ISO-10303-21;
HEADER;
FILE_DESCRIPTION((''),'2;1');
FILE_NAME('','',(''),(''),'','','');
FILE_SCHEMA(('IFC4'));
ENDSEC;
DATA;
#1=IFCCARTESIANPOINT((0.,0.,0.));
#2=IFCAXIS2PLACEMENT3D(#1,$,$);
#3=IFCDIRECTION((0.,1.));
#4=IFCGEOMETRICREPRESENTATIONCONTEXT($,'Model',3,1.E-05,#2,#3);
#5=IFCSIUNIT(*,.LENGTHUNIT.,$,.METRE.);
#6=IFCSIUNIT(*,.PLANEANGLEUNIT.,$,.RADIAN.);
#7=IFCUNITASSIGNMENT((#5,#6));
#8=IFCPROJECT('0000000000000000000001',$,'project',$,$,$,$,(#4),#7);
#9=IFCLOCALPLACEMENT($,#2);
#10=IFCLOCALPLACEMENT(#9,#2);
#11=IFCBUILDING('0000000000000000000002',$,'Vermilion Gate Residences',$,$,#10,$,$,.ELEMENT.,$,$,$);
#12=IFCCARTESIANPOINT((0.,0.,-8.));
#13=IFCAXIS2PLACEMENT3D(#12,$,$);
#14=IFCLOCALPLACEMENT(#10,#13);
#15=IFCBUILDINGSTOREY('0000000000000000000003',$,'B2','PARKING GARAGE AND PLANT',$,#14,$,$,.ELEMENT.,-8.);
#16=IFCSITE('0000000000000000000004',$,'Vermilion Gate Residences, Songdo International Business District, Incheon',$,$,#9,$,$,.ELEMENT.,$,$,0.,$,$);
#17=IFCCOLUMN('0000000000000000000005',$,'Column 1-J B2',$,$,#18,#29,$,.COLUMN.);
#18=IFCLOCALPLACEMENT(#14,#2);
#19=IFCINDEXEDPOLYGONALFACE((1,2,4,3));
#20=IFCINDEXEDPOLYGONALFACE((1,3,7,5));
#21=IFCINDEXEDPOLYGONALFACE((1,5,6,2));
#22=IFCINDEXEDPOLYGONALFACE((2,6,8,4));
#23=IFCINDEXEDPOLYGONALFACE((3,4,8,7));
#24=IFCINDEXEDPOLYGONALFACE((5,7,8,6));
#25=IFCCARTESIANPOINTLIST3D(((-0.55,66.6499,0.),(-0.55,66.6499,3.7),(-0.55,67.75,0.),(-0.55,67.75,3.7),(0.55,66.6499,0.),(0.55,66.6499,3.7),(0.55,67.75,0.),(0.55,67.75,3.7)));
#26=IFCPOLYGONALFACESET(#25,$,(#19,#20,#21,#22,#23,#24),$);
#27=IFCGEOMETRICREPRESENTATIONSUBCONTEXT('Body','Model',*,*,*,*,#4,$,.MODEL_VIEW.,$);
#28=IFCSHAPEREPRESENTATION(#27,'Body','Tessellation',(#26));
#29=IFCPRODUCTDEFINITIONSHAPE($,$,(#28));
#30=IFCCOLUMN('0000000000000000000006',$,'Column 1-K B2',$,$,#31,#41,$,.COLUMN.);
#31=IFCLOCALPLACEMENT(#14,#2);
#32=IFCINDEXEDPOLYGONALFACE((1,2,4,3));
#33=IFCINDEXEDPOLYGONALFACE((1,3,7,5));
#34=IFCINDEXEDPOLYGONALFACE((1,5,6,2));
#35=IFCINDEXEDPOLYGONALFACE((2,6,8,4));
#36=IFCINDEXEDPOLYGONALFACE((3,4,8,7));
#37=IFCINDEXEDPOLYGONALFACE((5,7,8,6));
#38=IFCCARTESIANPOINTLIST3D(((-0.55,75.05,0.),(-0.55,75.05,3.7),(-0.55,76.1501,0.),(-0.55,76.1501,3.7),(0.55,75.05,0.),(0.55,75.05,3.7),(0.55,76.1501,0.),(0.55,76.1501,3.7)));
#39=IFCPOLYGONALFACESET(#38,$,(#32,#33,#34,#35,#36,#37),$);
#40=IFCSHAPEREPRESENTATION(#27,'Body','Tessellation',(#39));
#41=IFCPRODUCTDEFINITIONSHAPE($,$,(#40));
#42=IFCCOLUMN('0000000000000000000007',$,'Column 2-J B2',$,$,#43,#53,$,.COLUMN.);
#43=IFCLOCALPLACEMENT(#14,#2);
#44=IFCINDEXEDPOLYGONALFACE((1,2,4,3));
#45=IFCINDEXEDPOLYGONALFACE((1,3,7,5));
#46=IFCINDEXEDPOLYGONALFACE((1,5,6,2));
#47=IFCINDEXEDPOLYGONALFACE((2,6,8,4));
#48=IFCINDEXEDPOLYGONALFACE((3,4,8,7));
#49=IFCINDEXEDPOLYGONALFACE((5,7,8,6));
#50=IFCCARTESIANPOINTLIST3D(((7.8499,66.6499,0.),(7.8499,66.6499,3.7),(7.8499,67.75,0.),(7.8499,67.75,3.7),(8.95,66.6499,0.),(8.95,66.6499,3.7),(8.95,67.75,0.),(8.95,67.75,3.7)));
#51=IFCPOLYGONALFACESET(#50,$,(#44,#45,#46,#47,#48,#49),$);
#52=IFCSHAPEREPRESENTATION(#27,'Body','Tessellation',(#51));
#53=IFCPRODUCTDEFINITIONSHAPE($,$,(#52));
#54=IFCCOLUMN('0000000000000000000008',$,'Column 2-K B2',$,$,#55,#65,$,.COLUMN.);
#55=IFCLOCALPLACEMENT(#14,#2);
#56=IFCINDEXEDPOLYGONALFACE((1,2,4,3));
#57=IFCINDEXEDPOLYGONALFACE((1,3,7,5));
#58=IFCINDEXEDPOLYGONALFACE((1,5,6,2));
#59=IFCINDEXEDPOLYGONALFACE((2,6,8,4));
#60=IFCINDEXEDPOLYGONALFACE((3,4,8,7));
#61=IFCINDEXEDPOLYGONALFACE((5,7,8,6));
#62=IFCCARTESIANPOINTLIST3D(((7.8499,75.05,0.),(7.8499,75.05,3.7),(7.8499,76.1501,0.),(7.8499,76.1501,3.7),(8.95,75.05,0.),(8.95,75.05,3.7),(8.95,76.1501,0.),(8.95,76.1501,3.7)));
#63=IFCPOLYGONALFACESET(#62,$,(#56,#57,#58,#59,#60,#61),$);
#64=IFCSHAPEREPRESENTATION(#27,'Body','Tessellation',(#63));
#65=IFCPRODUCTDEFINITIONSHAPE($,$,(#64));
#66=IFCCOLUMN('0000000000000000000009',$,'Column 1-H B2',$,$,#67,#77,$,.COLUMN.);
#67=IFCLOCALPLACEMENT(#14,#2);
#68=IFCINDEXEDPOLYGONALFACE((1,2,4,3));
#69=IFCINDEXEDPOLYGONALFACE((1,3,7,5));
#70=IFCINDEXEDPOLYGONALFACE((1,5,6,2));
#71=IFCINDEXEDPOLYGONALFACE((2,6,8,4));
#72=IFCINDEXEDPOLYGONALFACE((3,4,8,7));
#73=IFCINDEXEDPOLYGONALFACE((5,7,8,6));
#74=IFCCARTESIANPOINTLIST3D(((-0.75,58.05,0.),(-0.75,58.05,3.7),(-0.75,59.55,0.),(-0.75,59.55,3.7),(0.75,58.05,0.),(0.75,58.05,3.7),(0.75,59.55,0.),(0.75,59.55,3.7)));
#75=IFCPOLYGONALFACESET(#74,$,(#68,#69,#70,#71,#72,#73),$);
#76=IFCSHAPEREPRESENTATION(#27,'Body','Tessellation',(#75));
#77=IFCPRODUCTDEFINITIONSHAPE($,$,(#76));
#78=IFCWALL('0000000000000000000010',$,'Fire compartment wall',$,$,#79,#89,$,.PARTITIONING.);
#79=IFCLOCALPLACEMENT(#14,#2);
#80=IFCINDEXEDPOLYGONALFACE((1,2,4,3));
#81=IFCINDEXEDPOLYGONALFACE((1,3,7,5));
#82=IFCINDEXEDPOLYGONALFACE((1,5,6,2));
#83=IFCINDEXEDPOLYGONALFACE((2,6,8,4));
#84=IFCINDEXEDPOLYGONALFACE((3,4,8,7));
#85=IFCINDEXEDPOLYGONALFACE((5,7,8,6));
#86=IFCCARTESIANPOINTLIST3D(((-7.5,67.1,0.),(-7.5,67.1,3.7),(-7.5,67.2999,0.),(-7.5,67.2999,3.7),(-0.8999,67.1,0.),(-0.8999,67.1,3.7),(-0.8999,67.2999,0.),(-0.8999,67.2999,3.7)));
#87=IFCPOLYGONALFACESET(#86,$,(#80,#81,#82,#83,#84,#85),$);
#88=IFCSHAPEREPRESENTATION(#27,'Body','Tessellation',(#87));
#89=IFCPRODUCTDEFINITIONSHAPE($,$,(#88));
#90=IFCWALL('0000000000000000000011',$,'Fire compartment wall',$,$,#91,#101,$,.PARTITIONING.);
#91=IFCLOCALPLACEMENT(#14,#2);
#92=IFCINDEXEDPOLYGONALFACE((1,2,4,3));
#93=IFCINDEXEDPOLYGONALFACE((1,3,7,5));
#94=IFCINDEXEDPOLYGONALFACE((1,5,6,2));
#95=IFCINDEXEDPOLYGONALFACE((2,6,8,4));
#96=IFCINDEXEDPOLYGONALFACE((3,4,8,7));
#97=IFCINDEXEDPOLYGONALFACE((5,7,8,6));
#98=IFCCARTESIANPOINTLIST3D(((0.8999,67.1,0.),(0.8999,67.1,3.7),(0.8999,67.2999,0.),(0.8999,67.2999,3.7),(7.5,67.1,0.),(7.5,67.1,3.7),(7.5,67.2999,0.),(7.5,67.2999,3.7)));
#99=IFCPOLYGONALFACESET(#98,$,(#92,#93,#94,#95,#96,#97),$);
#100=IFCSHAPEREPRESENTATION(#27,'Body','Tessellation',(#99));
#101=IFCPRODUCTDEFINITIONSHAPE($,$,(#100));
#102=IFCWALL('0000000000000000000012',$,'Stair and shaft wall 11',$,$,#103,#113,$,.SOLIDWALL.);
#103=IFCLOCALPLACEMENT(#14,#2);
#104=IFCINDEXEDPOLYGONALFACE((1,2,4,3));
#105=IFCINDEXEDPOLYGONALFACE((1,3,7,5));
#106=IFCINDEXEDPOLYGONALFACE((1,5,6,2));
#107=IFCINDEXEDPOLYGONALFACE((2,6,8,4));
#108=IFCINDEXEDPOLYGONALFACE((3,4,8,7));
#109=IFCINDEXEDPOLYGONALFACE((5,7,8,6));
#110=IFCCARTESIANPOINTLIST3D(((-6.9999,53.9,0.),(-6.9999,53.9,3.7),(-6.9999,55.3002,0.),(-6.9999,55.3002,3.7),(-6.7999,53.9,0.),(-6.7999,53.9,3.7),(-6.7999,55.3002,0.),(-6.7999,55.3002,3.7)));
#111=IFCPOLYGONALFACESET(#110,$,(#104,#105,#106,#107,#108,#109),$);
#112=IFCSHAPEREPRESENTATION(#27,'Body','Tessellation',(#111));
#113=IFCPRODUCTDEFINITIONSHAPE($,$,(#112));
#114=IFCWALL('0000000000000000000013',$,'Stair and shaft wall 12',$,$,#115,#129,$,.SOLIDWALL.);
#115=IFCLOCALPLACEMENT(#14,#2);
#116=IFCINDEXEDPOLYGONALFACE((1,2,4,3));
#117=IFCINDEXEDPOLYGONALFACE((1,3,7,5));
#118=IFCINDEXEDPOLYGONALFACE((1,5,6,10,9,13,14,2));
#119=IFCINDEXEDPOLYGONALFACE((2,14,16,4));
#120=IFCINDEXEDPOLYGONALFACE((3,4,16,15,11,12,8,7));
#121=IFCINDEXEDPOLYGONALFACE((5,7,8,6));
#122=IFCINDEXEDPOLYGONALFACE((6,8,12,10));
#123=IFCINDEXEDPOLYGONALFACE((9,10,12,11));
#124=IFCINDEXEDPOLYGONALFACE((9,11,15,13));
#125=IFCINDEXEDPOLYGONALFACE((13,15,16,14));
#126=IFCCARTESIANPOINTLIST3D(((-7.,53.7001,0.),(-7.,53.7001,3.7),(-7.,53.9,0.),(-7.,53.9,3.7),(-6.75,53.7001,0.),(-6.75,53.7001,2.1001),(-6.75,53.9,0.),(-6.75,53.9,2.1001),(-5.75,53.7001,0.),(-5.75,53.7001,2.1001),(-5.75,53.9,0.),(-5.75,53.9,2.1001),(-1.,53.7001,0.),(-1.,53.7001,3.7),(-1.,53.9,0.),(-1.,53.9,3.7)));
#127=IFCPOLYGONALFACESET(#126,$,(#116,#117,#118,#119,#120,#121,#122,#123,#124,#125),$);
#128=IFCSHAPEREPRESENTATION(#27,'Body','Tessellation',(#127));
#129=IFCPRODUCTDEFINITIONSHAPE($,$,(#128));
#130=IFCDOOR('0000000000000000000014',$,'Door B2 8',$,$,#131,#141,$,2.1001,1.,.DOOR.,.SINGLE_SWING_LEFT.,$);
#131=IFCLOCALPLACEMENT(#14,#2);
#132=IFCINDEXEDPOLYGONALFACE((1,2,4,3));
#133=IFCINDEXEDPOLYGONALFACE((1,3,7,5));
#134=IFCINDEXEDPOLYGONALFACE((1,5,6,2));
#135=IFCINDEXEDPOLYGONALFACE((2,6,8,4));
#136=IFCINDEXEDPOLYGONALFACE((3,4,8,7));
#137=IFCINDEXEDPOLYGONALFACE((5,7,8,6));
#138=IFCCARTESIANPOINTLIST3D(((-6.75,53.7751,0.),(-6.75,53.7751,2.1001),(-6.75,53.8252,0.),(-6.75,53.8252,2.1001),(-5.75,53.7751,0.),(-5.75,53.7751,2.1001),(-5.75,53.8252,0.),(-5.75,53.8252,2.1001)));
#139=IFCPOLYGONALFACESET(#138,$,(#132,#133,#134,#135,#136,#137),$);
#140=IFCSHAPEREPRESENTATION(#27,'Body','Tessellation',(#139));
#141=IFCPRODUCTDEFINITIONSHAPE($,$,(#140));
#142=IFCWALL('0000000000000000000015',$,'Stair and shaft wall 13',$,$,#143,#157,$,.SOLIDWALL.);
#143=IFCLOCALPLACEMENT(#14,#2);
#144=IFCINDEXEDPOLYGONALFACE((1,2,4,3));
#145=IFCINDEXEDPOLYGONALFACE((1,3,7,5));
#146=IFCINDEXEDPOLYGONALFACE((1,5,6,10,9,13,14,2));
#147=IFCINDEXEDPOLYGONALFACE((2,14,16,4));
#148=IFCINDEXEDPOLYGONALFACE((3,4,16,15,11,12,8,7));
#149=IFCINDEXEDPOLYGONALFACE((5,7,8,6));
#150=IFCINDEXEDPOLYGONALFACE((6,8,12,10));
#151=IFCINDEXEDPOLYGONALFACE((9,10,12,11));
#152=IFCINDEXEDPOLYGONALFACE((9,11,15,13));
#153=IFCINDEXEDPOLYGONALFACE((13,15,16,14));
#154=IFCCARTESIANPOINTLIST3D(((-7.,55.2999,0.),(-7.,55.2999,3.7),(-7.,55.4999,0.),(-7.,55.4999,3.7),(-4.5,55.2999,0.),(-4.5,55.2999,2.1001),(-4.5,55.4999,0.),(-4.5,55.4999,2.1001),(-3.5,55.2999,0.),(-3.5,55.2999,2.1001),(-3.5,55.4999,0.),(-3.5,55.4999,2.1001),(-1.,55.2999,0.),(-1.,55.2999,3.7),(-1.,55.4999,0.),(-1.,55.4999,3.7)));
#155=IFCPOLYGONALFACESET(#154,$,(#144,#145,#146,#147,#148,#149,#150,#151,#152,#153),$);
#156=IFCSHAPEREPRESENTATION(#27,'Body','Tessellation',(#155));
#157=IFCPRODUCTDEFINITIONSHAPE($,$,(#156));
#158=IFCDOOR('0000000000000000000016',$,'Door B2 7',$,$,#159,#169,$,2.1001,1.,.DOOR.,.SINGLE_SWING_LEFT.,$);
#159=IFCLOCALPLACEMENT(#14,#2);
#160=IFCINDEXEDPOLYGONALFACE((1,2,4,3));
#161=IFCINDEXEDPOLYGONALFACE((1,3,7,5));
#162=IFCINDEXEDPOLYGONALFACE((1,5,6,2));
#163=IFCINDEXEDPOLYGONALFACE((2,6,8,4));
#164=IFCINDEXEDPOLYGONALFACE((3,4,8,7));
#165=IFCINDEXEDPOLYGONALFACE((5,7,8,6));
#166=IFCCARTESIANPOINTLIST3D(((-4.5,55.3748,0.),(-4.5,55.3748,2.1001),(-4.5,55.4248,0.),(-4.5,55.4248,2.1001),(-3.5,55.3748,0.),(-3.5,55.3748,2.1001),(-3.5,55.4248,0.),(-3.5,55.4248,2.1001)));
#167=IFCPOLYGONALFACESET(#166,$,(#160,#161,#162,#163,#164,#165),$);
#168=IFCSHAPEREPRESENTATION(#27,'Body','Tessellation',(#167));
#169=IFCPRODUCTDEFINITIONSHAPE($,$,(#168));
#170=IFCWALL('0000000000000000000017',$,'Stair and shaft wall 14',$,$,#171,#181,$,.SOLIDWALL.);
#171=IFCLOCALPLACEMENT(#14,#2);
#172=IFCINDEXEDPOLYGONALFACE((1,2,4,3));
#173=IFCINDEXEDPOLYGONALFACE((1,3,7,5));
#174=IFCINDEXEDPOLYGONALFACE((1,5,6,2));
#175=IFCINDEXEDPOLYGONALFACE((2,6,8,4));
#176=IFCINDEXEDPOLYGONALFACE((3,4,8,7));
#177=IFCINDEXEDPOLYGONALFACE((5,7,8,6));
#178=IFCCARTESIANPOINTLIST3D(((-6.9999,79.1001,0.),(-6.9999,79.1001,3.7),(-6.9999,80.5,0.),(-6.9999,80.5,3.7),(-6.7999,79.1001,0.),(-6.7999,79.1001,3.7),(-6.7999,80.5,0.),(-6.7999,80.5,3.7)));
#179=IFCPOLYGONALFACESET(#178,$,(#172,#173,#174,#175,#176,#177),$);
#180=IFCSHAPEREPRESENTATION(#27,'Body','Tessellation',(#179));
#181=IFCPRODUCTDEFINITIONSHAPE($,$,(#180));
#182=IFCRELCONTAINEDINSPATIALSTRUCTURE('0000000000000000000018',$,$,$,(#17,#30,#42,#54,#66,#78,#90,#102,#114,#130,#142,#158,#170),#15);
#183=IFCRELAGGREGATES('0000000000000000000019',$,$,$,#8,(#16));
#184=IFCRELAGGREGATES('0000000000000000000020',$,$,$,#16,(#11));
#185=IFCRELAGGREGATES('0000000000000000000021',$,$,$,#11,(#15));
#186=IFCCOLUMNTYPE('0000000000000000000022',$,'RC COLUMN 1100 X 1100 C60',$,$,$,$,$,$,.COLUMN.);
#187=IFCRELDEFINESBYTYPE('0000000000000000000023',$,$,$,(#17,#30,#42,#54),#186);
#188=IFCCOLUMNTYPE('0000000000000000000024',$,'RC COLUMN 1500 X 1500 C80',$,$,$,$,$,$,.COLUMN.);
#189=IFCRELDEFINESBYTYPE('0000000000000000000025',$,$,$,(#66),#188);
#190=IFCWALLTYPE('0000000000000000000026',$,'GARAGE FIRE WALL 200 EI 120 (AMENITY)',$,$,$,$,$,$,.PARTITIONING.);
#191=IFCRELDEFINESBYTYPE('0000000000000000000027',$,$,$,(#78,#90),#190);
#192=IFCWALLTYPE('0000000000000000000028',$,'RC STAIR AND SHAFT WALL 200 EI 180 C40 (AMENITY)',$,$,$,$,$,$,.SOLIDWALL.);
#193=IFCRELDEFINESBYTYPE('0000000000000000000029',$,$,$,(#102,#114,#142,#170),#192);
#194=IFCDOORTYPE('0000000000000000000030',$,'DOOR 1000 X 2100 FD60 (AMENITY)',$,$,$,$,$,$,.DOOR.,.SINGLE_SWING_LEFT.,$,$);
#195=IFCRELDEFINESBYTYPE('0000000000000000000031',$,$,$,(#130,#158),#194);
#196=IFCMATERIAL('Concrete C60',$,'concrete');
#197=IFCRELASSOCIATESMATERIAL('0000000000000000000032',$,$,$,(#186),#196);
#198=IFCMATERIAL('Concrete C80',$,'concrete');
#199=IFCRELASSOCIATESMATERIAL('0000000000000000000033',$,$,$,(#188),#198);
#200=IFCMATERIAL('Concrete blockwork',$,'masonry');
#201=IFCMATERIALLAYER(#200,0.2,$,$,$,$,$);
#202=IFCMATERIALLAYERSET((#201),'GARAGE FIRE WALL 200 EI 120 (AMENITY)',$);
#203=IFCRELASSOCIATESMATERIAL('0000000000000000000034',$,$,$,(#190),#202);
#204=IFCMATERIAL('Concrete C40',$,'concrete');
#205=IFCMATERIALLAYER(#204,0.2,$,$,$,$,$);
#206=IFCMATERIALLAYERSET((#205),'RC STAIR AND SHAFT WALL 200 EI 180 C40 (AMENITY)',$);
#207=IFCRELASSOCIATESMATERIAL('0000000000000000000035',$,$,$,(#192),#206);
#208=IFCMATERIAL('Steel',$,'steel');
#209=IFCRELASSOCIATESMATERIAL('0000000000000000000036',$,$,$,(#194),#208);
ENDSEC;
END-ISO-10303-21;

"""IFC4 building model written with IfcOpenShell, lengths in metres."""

from ifc_helpers import new_model, si_unit, direction, frame, frame_2d, origin, origin_2d, place, context, subcontext, project, spatial, rectangle, extrude, material, layer, layer_set, material_profile, profile_set, type_object, element, fill, save


model = new_model("IFC4")

# Units and contexts
model_context = context("Model", 3, precision=1e-05, world=origin(), true_north=direction((0.0, 1.0)))
body_context = subcontext(model_context, "Body", "Model", "MODEL_VIEW")
ifc_project = project(units=[si_unit("LENGTHUNIT", "METRE"), si_unit("PLANEANGLEUNIT", "RADIAN")], contexts=[model_context])

# Site, building, storey
site_placement = place(None, origin())
site = spatial("IfcSite", under=ifc_project, at=site_placement, Name="Vermilion Gate Residences, Songdo International Business District, Incheon", CompositionType="ELEMENT", RefElevation=0.0)
building_placement = place(site_placement, origin())
building = spatial("IfcBuilding", under=site, at=building_placement, Name="Vermilion Gate Residences", CompositionType="ELEMENT")
storey_placement = place(building_placement, frame((0.0, 0.0, -8.0)))
storey = spatial("IfcBuildingStorey", under=building, at=storey_placement, Name="B2", Description="PARKING GARAGE AND PLANT", CompositionType="ELEMENT", Elevation=-8.0)

# Columns
ifc_material_1 = material(Name="Concrete C60", Category="concrete")
ifc_material_profile_1 = material_profile(ifc_material_1, rectangle(XDim=1.1001, YDim=1.1001, at=origin_2d()), Name="RC-1100x1100")
ifc_profile_set_1 = profile_set([ifc_material_profile_1], Name="Concrete C60")
column_type_1 = type_object("IfcColumnType", Name="RC COLUMN 1100 X 1100 C60", PredefinedType="COLUMN", material=ifc_profile_set_1)
for number, where, z_axis, x_axis, name in (
    (1, (0.0, 67.2, 0.0), (0.0, 0.0, 1.0), (1.0, 0.0, 0.0), "Column 1-J B2"),
    (2, (0.0, 75.6001, 0.0), (0.0, 0.0, 1.0), (1.0, 0.0, 0.0), "Column 1-K B2"),
    (3, (8.3999, 67.2, 0.0), (0.0, 0.0, 1.0), (1.0, 0.0, 0.0), "Column 2-J B2"),
    (4, (8.3999, 75.6001, 0.0), (0.0, 0.0, 1.0), (1.0, 0.0, 0.0), "Column 2-K B2"),
):
    element("IfcColumn", number, at=place(storey_placement, frame(where, z_axis=z_axis, x_axis=x_axis)), inside=storey, type_object=column_type_1, Name=name, PredefinedType="COLUMN", context=body_context, shape_type="SweptSolid", body=[
        extrude(rectangle(XDim=1.1001, YDim=1.1001, at=origin_2d()), origin(), (0.0, 0.0, 1.0), 3.7),
    ])
ifc_material_2 = material(Name="Concrete C80", Category="concrete")
ifc_material_profile_2 = material_profile(ifc_material_2, rectangle(XDim=1.5, YDim=1.5, at=origin_2d()), Name="RC-1500x1500")
ifc_profile_set_2 = profile_set([ifc_material_profile_2], Name="Concrete C80")
column_type_2 = type_object("IfcColumnType", Name="RC COLUMN 1500 X 1500 C80", PredefinedType="COLUMN", material=ifc_profile_set_2)
column_placement = place(storey_placement, frame((0.0, 58.8, 0.0), z_axis=(0.0, 0.0, 1.0), x_axis=(1.0, 0.0, 0.0)))
element("IfcColumn", 5, at=column_placement, inside=storey, type_object=column_type_2, Name="Column 1-H B2", PredefinedType="COLUMN", context=body_context, shape_type="SweptSolid", body=[
    extrude(rectangle(XDim=1.5, YDim=1.5, at=origin_2d()), origin(), (0.0, 0.0, 1.0), 3.7),
])

# Walls
ifc_material_3 = material(Name="Concrete blockwork", Category="masonry")
ifc_layer_1 = layer(ifc_material_3, 0.2)
ifc_layer_set_1 = layer_set([ifc_layer_1], Name="GARAGE FIRE WALL 200 EI 120 (AMENITY)")
wall_type_1 = type_object("IfcWallType", Name="GARAGE FIRE WALL 200 EI 120 (AMENITY)", PredefinedType="PARTITIONING", material=ifc_layer_set_1)
for number, where, z_axis, x_axis, name in (
    (6, (-7.5, 67.2, 0.0), (0.0, 0.0, 1.0), (1.0, 0.0, 0.0), "Fire compartment wall"),
    (7, (0.8999, 67.2, 0.0), (0.0, 0.0, 1.0), (1.0, 0.0, 0.0), "Fire compartment wall"),
):
    element("IfcWall", number, at=place(storey_placement, frame(where, z_axis=z_axis, x_axis=x_axis)), inside=storey, type_object=wall_type_1, Name=name, PredefinedType="PARTITIONING", context=body_context, shape_type="SweptSolid", body=[
        extrude(rectangle(XDim=6.6001, YDim=0.2, at=frame_2d((3.3, 0.0))), origin(), (0.0, 0.0, 1.0), 3.7),
    ])
ifc_material_4 = material(Name="Concrete C40", Category="concrete")
ifc_layer_2 = layer(ifc_material_4, 0.2)
ifc_layer_set_2 = layer_set([ifc_layer_2], Name="RC STAIR AND SHAFT WALL 200 EI 180 C40 (AMENITY)")
wall_type_2 = type_object("IfcWallType", Name="RC STAIR AND SHAFT WALL 200 EI 180 C40 (AMENITY)", PredefinedType="SOLIDWALL", material=ifc_layer_set_2)
wall_1_placement = place(storey_placement, frame((-6.8999, 53.8999, 0.0), z_axis=(0.0, 0.0, 1.0), x_axis=(0.0, 1.0, 0.0)))
element("IfcWall", 8, at=wall_1_placement, inside=storey, type_object=wall_type_2, Name="Stair and shaft wall 11", PredefinedType="SOLIDWALL", context=body_context, shape_type="SweptSolid", body=[
    extrude(rectangle(XDim=1.4001, YDim=0.2, at=frame_2d((0.7002, 0.0))), origin(), (0.0, 0.0, 1.0), 3.7),
])

# Walls, openings, doors
wall_2_placement = place(storey_placement, frame((-7.0, 53.8, 0.0), z_axis=(0.0, 0.0, 1.0), x_axis=(1.0, 0.0, 0.0)))
wall_2 = element("IfcWall", 9, at=wall_2_placement, inside=storey, type_object=wall_type_2, Name="Stair and shaft wall 12", PredefinedType="SOLIDWALL", context=body_context, shape_type="SweptSolid", body=[
    extrude(rectangle(XDim=6.0, YDim=0.2, at=frame_2d((3.0, 0.0))), origin(), (0.0, 0.0, 1.0), 3.7),
])
opening_1_placement = place(wall_2_placement, frame((0.25, 0.0, 0.0)))
opening_1 = element("IfcOpeningElement", 10, at=opening_1_placement, cuts=wall_2, PredefinedType="OPENING", context=body_context, shape_type="SweptSolid", body=[
    extrude(rectangle(XDim=1.0, YDim=2.1001, at=frame_2d((0.5, 1.05))), frame((0.0, 0.1099, 0.0), z_axis=(0.0, -1.0, 0.0), x_axis=(1.0, 0.0, 0.0)), (0.0, 0.0, 1.0), 0.22),
])
ifc_material_5 = material(Name="Steel", Category="steel")
door_type = type_object("IfcDoorType", Name="DOOR 1000 X 2100 FD60 (AMENITY)", OperationType="SINGLE_SWING_LEFT", PredefinedType="DOOR", material=ifc_material_5)
door_1_placement = place(opening_1_placement, frame((1.0, 0.0, 0.0), z_axis=(0.0, 0.0, 1.0), x_axis=(-1.0, 0.0, 0.0)))
door_1 = element("IfcDoor", 11, at=door_1_placement, inside=storey, type_object=door_type, Name="Door B2 8", OperationType="SINGLE_SWING_LEFT", OverallHeight=2.1001, OverallWidth=1.0, PredefinedType="DOOR", context=body_context, shape_type="SweptSolid", body=[
    extrude(rectangle(XDim=1.0, YDim=2.1001, at=frame_2d((0.5, 1.05))), frame((0.0, 0.0249, 0.0), z_axis=(0.0, -1.0, 0.0), x_axis=(1.0, 0.0, 0.0)), (0.0, 0.0, 1.0), 0.05),
])
fill(opening_1, door_1)
wall_3_placement = place(storey_placement, frame((-7.0, 55.3999, 0.0), z_axis=(0.0, 0.0, 1.0), x_axis=(1.0, 0.0, 0.0)))
wall_3 = element("IfcWall", 12, at=wall_3_placement, inside=storey, type_object=wall_type_2, Name="Stair and shaft wall 13", PredefinedType="SOLIDWALL", context=body_context, shape_type="SweptSolid", body=[
    extrude(rectangle(XDim=6.0, YDim=0.2, at=frame_2d((3.0, 0.0))), origin(), (0.0, 0.0, 1.0), 3.7),
])
opening_2_placement = place(wall_3_placement, frame((2.5, 0.0, 0.0)))
opening_2 = element("IfcOpeningElement", 13, at=opening_2_placement, cuts=wall_3, PredefinedType="OPENING", context=body_context, shape_type="SweptSolid", body=[
    extrude(rectangle(XDim=1.0, YDim=2.1001, at=frame_2d((0.5, 1.05))), frame((0.0, 0.1099, 0.0), z_axis=(0.0, -1.0, 0.0), x_axis=(1.0, 0.0, 0.0)), (0.0, 0.0, 1.0), 0.22),
])
door_2_placement = place(opening_2_placement, origin())
door_2 = element("IfcDoor", 14, at=door_2_placement, inside=storey, type_object=door_type, Name="Door B2 7", OperationType="SINGLE_SWING_LEFT", OverallHeight=2.1001, OverallWidth=1.0, PredefinedType="DOOR", context=body_context, shape_type="SweptSolid", body=[
    extrude(rectangle(XDim=1.0, YDim=2.1001, at=frame_2d((0.5, 1.05))), frame((0.0, 0.0249, 0.0), z_axis=(0.0, -1.0, 0.0), x_axis=(1.0, 0.0, 0.0)), (0.0, 0.0, 1.0), 0.05),
])
fill(opening_2, door_2)

# Wall
wall_4_placement = place(storey_placement, frame((-6.8999, 79.1001, 0.0), z_axis=(0.0, 0.0, 1.0), x_axis=(0.0, 1.0, 0.0)))
element("IfcWall", 15, at=wall_4_placement, inside=storey, type_object=wall_type_2, Name="Stair and shaft wall 14", PredefinedType="SOLIDWALL", context=body_context, shape_type="SweptSolid", body=[
    extrude(rectangle(XDim=1.3999, YDim=0.2, at=frame_2d((0.7, 0.0))), origin(), (0.0, 0.0, 1.0), 3.7),
])

save(model, "model.ifc")
